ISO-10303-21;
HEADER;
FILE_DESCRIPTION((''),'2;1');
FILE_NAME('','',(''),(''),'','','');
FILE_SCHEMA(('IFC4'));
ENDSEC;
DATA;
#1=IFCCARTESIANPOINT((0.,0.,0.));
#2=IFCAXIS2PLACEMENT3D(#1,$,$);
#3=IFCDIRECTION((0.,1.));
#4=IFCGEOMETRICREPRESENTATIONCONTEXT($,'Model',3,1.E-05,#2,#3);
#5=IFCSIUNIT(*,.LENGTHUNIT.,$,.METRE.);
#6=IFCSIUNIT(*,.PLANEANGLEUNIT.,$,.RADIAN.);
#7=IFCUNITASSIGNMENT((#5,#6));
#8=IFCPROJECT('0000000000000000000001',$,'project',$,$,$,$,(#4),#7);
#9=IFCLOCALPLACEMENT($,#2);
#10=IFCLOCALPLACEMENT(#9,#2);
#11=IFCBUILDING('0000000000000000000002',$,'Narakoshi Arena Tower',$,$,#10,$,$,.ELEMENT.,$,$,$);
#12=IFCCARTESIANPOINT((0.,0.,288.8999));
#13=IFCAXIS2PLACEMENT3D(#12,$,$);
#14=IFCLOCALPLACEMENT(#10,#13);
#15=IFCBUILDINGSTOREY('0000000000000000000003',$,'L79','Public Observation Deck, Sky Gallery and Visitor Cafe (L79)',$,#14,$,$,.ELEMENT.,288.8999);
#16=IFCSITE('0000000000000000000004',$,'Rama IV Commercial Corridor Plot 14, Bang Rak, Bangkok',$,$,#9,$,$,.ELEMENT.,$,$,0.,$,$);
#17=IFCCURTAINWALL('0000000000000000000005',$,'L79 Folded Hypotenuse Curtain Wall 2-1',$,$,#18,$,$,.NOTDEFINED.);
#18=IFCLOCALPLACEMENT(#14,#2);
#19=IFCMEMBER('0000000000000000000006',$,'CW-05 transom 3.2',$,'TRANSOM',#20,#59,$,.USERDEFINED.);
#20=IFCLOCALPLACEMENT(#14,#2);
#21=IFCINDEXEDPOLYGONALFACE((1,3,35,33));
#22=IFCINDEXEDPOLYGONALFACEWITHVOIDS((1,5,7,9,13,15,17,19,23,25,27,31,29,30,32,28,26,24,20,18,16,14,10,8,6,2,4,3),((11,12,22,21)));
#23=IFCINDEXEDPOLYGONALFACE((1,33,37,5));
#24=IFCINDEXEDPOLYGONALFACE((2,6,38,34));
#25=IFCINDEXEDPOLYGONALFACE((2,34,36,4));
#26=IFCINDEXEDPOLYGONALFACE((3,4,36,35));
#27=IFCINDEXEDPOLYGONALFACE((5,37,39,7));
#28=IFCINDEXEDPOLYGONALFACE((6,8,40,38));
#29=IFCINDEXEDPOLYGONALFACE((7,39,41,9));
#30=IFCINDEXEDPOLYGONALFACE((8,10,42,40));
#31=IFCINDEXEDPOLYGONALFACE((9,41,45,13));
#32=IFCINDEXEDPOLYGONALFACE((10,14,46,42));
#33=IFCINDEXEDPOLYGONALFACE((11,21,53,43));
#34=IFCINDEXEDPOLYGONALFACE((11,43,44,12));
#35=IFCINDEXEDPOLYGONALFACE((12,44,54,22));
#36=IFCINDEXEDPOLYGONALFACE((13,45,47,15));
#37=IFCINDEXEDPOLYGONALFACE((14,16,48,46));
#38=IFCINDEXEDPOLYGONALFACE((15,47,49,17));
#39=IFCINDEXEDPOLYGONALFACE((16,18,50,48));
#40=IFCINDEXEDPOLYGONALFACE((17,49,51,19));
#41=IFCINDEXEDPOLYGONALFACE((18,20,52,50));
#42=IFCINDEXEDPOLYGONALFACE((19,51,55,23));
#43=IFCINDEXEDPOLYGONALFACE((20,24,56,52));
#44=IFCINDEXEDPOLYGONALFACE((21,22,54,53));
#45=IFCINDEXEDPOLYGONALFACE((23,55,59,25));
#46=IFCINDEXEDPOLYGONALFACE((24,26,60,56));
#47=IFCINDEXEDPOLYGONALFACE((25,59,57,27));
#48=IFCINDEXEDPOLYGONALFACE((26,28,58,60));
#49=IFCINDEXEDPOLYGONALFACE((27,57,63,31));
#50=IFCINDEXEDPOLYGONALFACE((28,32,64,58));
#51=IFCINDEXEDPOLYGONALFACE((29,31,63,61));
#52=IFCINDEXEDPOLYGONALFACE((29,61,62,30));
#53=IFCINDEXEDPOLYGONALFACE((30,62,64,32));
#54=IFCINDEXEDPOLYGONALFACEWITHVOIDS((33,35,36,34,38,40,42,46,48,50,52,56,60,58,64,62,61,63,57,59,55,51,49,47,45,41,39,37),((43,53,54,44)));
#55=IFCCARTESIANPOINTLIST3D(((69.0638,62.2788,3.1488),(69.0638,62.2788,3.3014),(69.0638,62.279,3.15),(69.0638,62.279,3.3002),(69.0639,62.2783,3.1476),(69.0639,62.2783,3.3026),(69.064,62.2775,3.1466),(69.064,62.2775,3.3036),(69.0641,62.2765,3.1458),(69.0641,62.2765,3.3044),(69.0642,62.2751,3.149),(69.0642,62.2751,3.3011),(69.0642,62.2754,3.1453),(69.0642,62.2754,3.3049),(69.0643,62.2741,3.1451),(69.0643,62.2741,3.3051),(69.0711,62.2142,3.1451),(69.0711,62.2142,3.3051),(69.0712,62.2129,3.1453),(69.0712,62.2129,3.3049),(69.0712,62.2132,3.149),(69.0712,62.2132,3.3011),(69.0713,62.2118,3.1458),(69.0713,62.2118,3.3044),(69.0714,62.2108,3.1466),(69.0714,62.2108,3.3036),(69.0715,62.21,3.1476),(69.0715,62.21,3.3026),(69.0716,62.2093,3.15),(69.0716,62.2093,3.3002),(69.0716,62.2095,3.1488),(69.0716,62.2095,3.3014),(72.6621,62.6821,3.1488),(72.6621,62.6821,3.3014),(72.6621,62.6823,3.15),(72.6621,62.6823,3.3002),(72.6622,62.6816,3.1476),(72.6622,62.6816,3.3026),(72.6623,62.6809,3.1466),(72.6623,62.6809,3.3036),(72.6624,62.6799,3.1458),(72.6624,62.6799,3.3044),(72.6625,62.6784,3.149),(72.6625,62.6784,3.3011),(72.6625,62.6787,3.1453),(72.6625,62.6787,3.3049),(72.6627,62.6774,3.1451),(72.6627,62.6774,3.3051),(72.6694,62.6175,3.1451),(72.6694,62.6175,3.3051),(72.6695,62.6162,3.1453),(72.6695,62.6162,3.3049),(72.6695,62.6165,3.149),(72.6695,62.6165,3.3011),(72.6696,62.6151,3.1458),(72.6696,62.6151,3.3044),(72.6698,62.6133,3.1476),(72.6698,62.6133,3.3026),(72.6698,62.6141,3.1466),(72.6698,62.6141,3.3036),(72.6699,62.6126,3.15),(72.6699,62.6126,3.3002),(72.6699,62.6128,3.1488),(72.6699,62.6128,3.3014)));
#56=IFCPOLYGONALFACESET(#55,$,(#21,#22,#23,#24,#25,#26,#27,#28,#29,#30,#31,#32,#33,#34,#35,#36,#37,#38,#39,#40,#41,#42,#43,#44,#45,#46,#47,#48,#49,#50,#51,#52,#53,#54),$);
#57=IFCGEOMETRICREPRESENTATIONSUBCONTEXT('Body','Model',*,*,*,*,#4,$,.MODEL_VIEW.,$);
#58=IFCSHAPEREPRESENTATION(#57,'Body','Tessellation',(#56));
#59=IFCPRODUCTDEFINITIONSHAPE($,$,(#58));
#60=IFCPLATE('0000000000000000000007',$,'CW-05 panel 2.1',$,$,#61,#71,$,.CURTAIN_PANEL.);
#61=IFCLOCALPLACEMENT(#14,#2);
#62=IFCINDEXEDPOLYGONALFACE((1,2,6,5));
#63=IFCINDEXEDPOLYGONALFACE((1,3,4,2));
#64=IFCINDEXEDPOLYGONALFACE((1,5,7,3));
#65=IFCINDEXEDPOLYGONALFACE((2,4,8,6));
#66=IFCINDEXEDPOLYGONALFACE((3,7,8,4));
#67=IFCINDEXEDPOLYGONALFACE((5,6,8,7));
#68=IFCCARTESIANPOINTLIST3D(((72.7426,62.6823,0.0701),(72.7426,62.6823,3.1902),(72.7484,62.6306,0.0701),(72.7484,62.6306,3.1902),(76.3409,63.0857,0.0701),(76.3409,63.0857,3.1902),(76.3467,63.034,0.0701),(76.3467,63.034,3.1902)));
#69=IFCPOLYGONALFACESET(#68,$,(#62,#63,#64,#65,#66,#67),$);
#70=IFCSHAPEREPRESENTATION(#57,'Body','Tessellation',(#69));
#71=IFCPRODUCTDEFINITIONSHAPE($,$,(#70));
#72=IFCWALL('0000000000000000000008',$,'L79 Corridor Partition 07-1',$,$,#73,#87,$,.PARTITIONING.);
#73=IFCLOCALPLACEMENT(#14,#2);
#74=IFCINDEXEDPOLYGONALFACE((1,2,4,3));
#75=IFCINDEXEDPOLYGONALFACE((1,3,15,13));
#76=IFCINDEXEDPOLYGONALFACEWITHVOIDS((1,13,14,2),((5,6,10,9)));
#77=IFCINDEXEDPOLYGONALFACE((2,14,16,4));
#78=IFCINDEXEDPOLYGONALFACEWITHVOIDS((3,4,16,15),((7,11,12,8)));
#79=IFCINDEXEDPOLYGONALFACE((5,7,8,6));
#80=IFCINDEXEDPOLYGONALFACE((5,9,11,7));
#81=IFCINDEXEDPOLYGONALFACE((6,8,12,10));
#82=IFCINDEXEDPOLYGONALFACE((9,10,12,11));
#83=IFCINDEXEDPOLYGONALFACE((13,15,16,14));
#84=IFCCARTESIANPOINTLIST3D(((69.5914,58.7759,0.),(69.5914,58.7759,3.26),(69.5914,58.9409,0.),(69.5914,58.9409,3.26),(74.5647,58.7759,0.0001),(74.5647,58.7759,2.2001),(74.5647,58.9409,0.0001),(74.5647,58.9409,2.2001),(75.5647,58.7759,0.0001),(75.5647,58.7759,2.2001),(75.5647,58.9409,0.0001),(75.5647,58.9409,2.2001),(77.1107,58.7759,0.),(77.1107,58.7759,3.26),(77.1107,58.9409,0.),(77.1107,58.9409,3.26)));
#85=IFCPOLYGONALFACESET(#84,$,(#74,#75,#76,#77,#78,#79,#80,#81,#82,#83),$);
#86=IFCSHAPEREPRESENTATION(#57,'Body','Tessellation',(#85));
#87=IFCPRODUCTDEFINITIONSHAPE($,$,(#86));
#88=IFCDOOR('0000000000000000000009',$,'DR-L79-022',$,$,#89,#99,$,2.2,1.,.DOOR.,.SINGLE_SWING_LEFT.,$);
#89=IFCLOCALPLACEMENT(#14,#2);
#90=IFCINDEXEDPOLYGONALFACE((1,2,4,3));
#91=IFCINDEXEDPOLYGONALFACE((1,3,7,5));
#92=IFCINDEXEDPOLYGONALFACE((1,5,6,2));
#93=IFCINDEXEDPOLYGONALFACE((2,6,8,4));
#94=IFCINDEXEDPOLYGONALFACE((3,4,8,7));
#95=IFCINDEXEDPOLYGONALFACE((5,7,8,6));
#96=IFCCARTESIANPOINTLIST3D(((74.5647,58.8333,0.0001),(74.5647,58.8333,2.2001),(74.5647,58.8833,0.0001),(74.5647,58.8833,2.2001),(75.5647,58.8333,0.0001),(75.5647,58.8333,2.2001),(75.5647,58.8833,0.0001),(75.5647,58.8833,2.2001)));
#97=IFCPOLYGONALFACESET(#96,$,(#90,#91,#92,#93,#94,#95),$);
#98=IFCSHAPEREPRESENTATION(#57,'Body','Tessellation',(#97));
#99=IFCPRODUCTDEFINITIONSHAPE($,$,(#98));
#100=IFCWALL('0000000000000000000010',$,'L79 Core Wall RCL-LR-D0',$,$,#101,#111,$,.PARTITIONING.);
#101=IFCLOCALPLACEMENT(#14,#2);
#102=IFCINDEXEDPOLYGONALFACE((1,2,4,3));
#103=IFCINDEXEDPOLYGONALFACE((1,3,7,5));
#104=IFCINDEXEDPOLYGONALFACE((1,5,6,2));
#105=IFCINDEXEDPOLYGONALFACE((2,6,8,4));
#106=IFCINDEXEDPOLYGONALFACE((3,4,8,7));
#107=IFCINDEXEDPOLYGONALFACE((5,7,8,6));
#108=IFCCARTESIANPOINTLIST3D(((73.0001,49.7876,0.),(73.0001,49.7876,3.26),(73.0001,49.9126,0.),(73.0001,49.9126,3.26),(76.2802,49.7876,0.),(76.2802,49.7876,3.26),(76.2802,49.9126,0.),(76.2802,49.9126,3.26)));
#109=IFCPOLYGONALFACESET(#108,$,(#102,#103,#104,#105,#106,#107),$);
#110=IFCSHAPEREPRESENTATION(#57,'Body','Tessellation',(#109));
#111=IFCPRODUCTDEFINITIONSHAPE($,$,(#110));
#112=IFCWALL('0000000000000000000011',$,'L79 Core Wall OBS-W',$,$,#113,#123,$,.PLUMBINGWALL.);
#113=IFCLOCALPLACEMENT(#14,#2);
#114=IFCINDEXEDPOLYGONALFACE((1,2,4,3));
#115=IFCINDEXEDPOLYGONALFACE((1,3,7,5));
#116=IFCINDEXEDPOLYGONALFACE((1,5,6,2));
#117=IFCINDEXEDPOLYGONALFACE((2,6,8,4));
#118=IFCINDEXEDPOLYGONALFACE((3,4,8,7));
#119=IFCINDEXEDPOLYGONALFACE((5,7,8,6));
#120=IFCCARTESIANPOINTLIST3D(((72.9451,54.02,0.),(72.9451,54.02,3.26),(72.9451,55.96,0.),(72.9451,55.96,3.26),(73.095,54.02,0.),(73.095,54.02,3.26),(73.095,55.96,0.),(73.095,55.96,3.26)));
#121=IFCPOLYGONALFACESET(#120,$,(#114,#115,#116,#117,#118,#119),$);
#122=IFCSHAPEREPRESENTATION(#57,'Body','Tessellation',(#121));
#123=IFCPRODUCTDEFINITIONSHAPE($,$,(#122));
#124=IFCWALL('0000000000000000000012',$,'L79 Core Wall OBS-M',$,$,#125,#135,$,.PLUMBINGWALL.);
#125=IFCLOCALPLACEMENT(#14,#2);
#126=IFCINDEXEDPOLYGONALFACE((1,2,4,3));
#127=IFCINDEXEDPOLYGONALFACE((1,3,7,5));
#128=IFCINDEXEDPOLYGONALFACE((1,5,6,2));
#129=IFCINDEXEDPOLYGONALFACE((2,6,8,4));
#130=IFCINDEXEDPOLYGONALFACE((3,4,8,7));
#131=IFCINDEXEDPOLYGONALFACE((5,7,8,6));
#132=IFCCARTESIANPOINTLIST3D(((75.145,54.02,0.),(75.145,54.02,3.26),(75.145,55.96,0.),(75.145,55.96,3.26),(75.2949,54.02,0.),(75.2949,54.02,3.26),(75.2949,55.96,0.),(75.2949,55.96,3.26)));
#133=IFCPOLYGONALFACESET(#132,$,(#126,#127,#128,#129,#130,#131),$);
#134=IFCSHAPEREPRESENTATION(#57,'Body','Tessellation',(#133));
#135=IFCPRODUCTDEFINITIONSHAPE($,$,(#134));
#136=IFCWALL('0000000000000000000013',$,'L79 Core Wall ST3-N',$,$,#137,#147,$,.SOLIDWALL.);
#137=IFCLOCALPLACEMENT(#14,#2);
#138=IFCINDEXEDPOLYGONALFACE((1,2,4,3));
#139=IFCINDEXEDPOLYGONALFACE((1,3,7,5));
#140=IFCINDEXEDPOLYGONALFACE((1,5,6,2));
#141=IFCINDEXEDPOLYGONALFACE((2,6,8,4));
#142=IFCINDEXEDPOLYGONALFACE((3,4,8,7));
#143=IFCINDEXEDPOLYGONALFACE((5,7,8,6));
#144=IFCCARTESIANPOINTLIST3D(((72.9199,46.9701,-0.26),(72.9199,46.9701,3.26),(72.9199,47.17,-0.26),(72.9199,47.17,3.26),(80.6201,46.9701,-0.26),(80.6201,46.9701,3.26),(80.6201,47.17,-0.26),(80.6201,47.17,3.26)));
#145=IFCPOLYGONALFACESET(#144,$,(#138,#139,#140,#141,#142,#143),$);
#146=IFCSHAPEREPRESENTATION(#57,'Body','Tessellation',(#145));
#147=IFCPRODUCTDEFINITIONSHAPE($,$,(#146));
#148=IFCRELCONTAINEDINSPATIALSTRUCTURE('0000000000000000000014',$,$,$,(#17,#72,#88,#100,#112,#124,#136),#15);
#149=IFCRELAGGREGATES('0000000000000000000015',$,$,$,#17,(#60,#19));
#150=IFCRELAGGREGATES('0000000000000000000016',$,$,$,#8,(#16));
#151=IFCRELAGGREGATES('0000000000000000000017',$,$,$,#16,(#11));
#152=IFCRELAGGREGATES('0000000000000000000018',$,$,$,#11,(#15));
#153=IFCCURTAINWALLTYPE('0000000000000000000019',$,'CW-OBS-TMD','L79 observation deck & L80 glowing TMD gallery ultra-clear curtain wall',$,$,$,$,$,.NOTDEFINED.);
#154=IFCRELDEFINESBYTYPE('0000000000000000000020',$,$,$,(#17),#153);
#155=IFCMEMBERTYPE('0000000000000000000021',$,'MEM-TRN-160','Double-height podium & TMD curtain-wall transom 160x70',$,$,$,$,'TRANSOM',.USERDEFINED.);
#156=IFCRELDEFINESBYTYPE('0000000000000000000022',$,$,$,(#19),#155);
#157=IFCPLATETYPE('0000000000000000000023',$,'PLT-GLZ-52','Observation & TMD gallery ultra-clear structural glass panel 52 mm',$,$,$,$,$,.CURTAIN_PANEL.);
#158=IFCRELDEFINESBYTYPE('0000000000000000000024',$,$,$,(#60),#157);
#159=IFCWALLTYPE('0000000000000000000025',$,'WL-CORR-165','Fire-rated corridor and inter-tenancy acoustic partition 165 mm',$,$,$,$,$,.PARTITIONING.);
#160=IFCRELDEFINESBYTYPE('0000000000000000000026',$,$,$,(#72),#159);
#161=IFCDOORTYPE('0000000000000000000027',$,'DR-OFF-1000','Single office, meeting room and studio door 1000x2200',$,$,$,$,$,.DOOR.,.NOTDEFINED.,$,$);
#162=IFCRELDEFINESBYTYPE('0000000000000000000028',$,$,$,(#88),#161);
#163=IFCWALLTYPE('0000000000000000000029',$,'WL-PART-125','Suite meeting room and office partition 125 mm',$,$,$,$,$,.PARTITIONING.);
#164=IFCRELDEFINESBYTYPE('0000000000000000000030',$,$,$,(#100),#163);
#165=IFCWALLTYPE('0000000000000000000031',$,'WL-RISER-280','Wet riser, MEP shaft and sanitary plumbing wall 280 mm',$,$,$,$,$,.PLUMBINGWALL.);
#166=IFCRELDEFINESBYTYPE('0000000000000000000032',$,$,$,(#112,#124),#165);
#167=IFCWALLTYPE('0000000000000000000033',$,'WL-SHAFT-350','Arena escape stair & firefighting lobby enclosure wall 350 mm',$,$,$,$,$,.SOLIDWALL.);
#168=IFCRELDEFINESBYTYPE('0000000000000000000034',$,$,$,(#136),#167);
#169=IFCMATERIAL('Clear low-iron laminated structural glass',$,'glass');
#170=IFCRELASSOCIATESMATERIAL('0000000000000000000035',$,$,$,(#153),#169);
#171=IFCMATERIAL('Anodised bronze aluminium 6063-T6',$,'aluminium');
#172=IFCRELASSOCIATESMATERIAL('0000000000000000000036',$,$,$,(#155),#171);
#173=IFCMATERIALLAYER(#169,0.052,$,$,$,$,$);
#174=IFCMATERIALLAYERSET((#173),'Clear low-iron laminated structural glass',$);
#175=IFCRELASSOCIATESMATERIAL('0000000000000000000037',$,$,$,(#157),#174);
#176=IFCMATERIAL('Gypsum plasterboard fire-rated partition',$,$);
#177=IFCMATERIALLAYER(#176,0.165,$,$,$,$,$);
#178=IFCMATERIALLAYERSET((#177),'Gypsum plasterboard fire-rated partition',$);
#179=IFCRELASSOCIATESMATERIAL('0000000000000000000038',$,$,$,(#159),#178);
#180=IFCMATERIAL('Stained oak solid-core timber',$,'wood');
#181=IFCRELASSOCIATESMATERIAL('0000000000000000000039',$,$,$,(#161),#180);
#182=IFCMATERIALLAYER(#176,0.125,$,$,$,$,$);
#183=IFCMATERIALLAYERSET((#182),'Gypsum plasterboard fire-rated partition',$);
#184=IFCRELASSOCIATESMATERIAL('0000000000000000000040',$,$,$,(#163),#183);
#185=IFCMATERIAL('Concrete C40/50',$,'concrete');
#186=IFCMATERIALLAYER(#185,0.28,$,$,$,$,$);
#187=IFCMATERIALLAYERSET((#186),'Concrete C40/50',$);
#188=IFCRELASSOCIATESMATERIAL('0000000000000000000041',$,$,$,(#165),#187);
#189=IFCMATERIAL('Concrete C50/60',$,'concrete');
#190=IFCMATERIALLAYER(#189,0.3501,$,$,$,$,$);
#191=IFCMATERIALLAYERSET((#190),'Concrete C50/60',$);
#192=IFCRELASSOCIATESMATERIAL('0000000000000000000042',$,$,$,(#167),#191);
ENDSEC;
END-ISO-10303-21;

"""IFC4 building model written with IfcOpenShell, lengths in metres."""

from ifc_helpers import new_model, si_unit, direction, frame, frame_2d, origin, origin_2d, place, context, subcontext, project, spatial, rectangle, hollow_rectangle, extrude, material, layer, layer_set, material_profile, profile_set, type_object, element, fill, aggregate, save


model = new_model("IFC4")

# Units and contexts
model_context = context("Model", 3, precision=1e-05, world=origin(), true_north=direction((0.0, 1.0)))
body_context = subcontext(model_context, "Body", "Model", "MODEL_VIEW")
ifc_project = project(units=[si_unit("LENGTHUNIT", "METRE"), si_unit("PLANEANGLEUNIT", "RADIAN")], contexts=[model_context])

# Site, building, storey
site_placement = place(None, origin())
site = spatial("IfcSite", under=ifc_project, at=site_placement, Name="Rama IV Commercial Corridor Plot 14, Bang Rak, Bangkok", CompositionType="ELEMENT", RefElevation=0.0)
building_placement = place(site_placement, origin())
building = spatial("IfcBuilding", under=site, at=building_placement, Name="Narakoshi Arena Tower", CompositionType="ELEMENT")
storey_placement = place(building_placement, frame((0.0, 0.0, 288.8999)))
storey = spatial("IfcBuildingStorey", under=building, at=storey_placement, Name="L79", Description="Public Observation Deck, Sky Gallery and Visitor Cafe (L79)", CompositionType="ELEMENT", Elevation=288.8999)

# Curtain wall, member, plate
ifc_material_1 = material(Name="Clear low-iron laminated structural glass", Category="glass")
curtain_wall_type = type_object("IfcCurtainWallType", Name="CW-OBS-TMD", Description="L79 observation deck & L80 glowing TMD gallery ultra-clear curtain wall", PredefinedType="NOTDEFINED", material=ifc_material_1)
curtain_wall_placement = place(storey_placement, origin())
curtain_wall = element("IfcCurtainWall", 1, at=curtain_wall_placement, inside=storey, type_object=curtain_wall_type, Name="L79 Folded Hypotenuse Curtain Wall 2-1", PredefinedType="NOTDEFINED")
ifc_material_2 = material(Name="Anodised bronze aluminium 6063-T6", Category="aluminium")
ifc_material_profile_1 = material_profile(ifc_material_2, hollow_rectangle(XDim=0.0701, YDim=0.1599, WallThickness=0.0039, OuterFilletRadius=0.0049, at=origin_2d()), Name="TRN160x70x4")
ifc_profile_set_1 = profile_set([ifc_material_profile_1], Name="Anodised bronze aluminium 6063-T6")
member_type_1 = type_object("IfcMemberType", Name="MEM-TRN-160", Description="Double-height podium & TMD curtain-wall transom 160x70", ElementType="TRANSOM", PredefinedType="USERDEFINED", material=ifc_profile_set_1)
member_1_placement = place(storey_placement, frame((72.666, 62.6475, 3.2251), z_axis=(-0.993777, -0.111386, 0.0), x_axis=(0.111386, -0.993777, 0.0)))
member_1 = element("IfcMember", 2, at=member_1_placement, type_object=member_type_1, Name="CW-05 transom 3.2", ObjectType="TRANSOM", PredefinedType="USERDEFINED", context=body_context, shape_type="SweptSolid", body=[
    extrude(hollow_rectangle(XDim=0.0701, YDim=0.1599, WallThickness=0.0039, OuterFilletRadius=0.0049, at=origin_2d()), origin(), (0.0, 0.0, 1.0), 3.6208),
])
ifc_layer_1 = layer(ifc_material_1, 0.052)
ifc_layer_set_1 = layer_set([ifc_layer_1], Name="Clear low-iron laminated structural glass")
plate_type = type_object("IfcPlateType", Name="PLT-GLZ-52", Description="Observation & TMD gallery ultra-clear structural glass panel 52 mm", PredefinedType="CURTAIN_PANEL", material=ifc_layer_set_1)
plate_placement = place(storey_placement, frame((74.5447, 62.8582, 0.0701), z_axis=(0.0, 0.0, 1.0), x_axis=(-0.993776, -0.111397, 0.0)))
plate = element("IfcPlate", 3, at=plate_placement, type_object=plate_type, Name="CW-05 panel 2.1", PredefinedType="CURTAIN_PANEL", context=body_context, shape_type="SweptSolid", body=[
    extrude(rectangle(XDim=3.6208, YDim=0.052, at=origin_2d()), origin(), (0.0, 0.0, 1.0), 3.1201),
])
aggregate(curtain_wall, [plate, member_1])

# Wall, opening, door
ifc_material_3 = material(Name="Gypsum plasterboard fire-rated partition")
ifc_layer_2 = layer(ifc_material_3, 0.165)
ifc_layer_set_2 = layer_set([ifc_layer_2], Name="Gypsum plasterboard fire-rated partition")
wall_type_1 = type_object("IfcWallType", Name="WL-CORR-165", Description="Fire-rated corridor and inter-tenancy acoustic partition 165 mm", PredefinedType="PARTITIONING", material=ifc_layer_set_2)
wall_1_placement = place(storey_placement, frame((77.1108, 58.8584, 0.0), z_axis=(0.0, 0.0, 1.0), x_axis=(-1.0, 0.0, 0.0)))
wall_1 = element("IfcWall", 4, at=wall_1_placement, inside=storey, type_object=wall_type_1, Name="L79 Corridor Partition 07-1", PredefinedType="PARTITIONING", context=body_context, shape_type="SweptSolid", body=[
    extrude(rectangle(XDim=7.5193, YDim=0.165, at=frame_2d((3.7598, 0.0))), origin(), (0.0, 0.0, 1.0), 3.26),
])
opening_1_placement = place(wall_1_placement, frame((1.5461, 0.0, 0.0)))
opening_1 = element("IfcOpeningElement", 5, at=opening_1_placement, cuts=wall_1, PredefinedType="OPENING", context=body_context, shape_type="SweptSolid", body=[
    extrude(rectangle(XDim=1.0, YDim=2.2, at=frame_2d((0.5, 1.1001))), frame((0.0, 0.0925, 0.0), z_axis=(0.0, -1.0, 0.0), x_axis=(1.0, 0.0, 0.0)), (0.0, 0.0, 1.0), 0.1851),
])
ifc_material_4 = material(Name="Stained oak solid-core timber", Category="wood")
door_type_1 = type_object("IfcDoorType", Name="DR-OFF-1000", Description="Single office, meeting room and studio door 1000x2200", OperationType="NOTDEFINED", PredefinedType="DOOR", material=ifc_material_4)
door_1_placement = place(opening_1_placement, frame((1.0, 0.0, 0.0), z_axis=(0.0, 0.0, 1.0), x_axis=(-1.0, 0.0, 0.0)))
door_1 = element("IfcDoor", 6, at=door_1_placement, inside=storey, type_object=door_type_1, Name="DR-L79-022", OperationType="SINGLE_SWING_LEFT", OverallHeight=2.2, OverallWidth=1.0, PredefinedType="DOOR", context=body_context, shape_type="SweptSolid", body=[
    extrude(rectangle(XDim=1.0, YDim=2.2, at=frame_2d((0.5, 1.1001))), frame((0.0, 0.0249, 0.0), z_axis=(0.0, -1.0, 0.0), x_axis=(1.0, 0.0, 0.0)), (0.0, 0.0, 1.0), 0.05),
])
fill(opening_1, door_1)

# Walls
ifc_layer_3 = layer(ifc_material_3, 0.125)
ifc_layer_set_3 = layer_set([ifc_layer_3], Name="Gypsum plasterboard fire-rated partition")
wall_type_2 = type_object("IfcWallType", Name="WL-PART-125", Description="Suite meeting room and office partition 125 mm", PredefinedType="PARTITIONING", material=ifc_layer_set_3)
wall_2_placement = place(storey_placement, frame((73.0, 49.8501, 0.0), z_axis=(0.0, 0.0, 1.0), x_axis=(1.0, 0.0, 0.0)))
element("IfcWall", 7, at=wall_2_placement, inside=storey, type_object=wall_type_2, Name="L79 Core Wall RCL-LR-D0", PredefinedType="PARTITIONING", context=body_context, shape_type="SweptSolid", body=[
    extrude(rectangle(XDim=3.28, YDim=0.125, at=frame_2d((1.6401, 0.0))), origin(), (0.0, 0.0, 1.0), 3.26),
])
ifc_material_5 = material(Name="Concrete C40/50", Category="concrete")
ifc_layer_4 = layer(ifc_material_5, 0.28)
ifc_layer_set_4 = layer_set([ifc_layer_4], Name="Concrete C40/50")
wall_type_3 = type_object("IfcWallType", Name="WL-RISER-280", Description="Wet riser, MEP shaft and sanitary plumbing wall 280 mm", PredefinedType="PLUMBINGWALL", material=ifc_layer_set_4)
for number, where, z_axis, x_axis, name in (
    (8, (73.02, 54.02, 0.0), (0.0, 0.0, 1.0), (0.0, 1.0, 0.0), "L79 Core Wall OBS-W"),
    (9, (75.22, 54.02, 0.0), (0.0, 0.0, 1.0), (0.0, 1.0, 0.0), "L79 Core Wall OBS-M"),
):
    element("IfcWall", number, at=place(storey_placement, frame(where, z_axis=z_axis, x_axis=x_axis)), inside=storey, type_object=wall_type_3, Name=name, PredefinedType="PLUMBINGWALL", context=body_context, shape_type="SweptSolid", body=[
        extrude(rectangle(XDim=1.9399, YDim=0.1499, at=frame_2d((0.97, 0.0))), origin(), (0.0, 0.0, 1.0), 3.26),
    ])
ifc_material_6 = material(Name="Concrete C50/60", Category="concrete")
ifc_layer_5 = layer(ifc_material_6, 0.3501)
ifc_layer_set_5 = layer_set([ifc_layer_5], Name="Concrete C50/60")
wall_type_4 = type_object("IfcWallType", Name="WL-SHAFT-350", Description="Arena escape stair & firefighting lobby enclosure wall 350 mm", PredefinedType="SOLIDWALL", material=ifc_layer_set_5)
wall_3_placement = place(storey_placement, frame((72.9199, 47.0701, -0.26), z_axis=(0.0, 0.0, 1.0), x_axis=(1.0, 0.0, 0.0)))
element("IfcWall", 10, at=wall_3_placement, inside=storey, type_object=wall_type_4, Name="L79 Core Wall ST3-N", PredefinedType="SOLIDWALL", context=body_context, shape_type="SweptSolid", body=[
    extrude(rectangle(XDim=7.7002, YDim=0.2, at=frame_2d((3.8501, 0.0))), origin(), (0.0, 0.0, 1.0), 3.52),
])

save(model, "model.ifc")
